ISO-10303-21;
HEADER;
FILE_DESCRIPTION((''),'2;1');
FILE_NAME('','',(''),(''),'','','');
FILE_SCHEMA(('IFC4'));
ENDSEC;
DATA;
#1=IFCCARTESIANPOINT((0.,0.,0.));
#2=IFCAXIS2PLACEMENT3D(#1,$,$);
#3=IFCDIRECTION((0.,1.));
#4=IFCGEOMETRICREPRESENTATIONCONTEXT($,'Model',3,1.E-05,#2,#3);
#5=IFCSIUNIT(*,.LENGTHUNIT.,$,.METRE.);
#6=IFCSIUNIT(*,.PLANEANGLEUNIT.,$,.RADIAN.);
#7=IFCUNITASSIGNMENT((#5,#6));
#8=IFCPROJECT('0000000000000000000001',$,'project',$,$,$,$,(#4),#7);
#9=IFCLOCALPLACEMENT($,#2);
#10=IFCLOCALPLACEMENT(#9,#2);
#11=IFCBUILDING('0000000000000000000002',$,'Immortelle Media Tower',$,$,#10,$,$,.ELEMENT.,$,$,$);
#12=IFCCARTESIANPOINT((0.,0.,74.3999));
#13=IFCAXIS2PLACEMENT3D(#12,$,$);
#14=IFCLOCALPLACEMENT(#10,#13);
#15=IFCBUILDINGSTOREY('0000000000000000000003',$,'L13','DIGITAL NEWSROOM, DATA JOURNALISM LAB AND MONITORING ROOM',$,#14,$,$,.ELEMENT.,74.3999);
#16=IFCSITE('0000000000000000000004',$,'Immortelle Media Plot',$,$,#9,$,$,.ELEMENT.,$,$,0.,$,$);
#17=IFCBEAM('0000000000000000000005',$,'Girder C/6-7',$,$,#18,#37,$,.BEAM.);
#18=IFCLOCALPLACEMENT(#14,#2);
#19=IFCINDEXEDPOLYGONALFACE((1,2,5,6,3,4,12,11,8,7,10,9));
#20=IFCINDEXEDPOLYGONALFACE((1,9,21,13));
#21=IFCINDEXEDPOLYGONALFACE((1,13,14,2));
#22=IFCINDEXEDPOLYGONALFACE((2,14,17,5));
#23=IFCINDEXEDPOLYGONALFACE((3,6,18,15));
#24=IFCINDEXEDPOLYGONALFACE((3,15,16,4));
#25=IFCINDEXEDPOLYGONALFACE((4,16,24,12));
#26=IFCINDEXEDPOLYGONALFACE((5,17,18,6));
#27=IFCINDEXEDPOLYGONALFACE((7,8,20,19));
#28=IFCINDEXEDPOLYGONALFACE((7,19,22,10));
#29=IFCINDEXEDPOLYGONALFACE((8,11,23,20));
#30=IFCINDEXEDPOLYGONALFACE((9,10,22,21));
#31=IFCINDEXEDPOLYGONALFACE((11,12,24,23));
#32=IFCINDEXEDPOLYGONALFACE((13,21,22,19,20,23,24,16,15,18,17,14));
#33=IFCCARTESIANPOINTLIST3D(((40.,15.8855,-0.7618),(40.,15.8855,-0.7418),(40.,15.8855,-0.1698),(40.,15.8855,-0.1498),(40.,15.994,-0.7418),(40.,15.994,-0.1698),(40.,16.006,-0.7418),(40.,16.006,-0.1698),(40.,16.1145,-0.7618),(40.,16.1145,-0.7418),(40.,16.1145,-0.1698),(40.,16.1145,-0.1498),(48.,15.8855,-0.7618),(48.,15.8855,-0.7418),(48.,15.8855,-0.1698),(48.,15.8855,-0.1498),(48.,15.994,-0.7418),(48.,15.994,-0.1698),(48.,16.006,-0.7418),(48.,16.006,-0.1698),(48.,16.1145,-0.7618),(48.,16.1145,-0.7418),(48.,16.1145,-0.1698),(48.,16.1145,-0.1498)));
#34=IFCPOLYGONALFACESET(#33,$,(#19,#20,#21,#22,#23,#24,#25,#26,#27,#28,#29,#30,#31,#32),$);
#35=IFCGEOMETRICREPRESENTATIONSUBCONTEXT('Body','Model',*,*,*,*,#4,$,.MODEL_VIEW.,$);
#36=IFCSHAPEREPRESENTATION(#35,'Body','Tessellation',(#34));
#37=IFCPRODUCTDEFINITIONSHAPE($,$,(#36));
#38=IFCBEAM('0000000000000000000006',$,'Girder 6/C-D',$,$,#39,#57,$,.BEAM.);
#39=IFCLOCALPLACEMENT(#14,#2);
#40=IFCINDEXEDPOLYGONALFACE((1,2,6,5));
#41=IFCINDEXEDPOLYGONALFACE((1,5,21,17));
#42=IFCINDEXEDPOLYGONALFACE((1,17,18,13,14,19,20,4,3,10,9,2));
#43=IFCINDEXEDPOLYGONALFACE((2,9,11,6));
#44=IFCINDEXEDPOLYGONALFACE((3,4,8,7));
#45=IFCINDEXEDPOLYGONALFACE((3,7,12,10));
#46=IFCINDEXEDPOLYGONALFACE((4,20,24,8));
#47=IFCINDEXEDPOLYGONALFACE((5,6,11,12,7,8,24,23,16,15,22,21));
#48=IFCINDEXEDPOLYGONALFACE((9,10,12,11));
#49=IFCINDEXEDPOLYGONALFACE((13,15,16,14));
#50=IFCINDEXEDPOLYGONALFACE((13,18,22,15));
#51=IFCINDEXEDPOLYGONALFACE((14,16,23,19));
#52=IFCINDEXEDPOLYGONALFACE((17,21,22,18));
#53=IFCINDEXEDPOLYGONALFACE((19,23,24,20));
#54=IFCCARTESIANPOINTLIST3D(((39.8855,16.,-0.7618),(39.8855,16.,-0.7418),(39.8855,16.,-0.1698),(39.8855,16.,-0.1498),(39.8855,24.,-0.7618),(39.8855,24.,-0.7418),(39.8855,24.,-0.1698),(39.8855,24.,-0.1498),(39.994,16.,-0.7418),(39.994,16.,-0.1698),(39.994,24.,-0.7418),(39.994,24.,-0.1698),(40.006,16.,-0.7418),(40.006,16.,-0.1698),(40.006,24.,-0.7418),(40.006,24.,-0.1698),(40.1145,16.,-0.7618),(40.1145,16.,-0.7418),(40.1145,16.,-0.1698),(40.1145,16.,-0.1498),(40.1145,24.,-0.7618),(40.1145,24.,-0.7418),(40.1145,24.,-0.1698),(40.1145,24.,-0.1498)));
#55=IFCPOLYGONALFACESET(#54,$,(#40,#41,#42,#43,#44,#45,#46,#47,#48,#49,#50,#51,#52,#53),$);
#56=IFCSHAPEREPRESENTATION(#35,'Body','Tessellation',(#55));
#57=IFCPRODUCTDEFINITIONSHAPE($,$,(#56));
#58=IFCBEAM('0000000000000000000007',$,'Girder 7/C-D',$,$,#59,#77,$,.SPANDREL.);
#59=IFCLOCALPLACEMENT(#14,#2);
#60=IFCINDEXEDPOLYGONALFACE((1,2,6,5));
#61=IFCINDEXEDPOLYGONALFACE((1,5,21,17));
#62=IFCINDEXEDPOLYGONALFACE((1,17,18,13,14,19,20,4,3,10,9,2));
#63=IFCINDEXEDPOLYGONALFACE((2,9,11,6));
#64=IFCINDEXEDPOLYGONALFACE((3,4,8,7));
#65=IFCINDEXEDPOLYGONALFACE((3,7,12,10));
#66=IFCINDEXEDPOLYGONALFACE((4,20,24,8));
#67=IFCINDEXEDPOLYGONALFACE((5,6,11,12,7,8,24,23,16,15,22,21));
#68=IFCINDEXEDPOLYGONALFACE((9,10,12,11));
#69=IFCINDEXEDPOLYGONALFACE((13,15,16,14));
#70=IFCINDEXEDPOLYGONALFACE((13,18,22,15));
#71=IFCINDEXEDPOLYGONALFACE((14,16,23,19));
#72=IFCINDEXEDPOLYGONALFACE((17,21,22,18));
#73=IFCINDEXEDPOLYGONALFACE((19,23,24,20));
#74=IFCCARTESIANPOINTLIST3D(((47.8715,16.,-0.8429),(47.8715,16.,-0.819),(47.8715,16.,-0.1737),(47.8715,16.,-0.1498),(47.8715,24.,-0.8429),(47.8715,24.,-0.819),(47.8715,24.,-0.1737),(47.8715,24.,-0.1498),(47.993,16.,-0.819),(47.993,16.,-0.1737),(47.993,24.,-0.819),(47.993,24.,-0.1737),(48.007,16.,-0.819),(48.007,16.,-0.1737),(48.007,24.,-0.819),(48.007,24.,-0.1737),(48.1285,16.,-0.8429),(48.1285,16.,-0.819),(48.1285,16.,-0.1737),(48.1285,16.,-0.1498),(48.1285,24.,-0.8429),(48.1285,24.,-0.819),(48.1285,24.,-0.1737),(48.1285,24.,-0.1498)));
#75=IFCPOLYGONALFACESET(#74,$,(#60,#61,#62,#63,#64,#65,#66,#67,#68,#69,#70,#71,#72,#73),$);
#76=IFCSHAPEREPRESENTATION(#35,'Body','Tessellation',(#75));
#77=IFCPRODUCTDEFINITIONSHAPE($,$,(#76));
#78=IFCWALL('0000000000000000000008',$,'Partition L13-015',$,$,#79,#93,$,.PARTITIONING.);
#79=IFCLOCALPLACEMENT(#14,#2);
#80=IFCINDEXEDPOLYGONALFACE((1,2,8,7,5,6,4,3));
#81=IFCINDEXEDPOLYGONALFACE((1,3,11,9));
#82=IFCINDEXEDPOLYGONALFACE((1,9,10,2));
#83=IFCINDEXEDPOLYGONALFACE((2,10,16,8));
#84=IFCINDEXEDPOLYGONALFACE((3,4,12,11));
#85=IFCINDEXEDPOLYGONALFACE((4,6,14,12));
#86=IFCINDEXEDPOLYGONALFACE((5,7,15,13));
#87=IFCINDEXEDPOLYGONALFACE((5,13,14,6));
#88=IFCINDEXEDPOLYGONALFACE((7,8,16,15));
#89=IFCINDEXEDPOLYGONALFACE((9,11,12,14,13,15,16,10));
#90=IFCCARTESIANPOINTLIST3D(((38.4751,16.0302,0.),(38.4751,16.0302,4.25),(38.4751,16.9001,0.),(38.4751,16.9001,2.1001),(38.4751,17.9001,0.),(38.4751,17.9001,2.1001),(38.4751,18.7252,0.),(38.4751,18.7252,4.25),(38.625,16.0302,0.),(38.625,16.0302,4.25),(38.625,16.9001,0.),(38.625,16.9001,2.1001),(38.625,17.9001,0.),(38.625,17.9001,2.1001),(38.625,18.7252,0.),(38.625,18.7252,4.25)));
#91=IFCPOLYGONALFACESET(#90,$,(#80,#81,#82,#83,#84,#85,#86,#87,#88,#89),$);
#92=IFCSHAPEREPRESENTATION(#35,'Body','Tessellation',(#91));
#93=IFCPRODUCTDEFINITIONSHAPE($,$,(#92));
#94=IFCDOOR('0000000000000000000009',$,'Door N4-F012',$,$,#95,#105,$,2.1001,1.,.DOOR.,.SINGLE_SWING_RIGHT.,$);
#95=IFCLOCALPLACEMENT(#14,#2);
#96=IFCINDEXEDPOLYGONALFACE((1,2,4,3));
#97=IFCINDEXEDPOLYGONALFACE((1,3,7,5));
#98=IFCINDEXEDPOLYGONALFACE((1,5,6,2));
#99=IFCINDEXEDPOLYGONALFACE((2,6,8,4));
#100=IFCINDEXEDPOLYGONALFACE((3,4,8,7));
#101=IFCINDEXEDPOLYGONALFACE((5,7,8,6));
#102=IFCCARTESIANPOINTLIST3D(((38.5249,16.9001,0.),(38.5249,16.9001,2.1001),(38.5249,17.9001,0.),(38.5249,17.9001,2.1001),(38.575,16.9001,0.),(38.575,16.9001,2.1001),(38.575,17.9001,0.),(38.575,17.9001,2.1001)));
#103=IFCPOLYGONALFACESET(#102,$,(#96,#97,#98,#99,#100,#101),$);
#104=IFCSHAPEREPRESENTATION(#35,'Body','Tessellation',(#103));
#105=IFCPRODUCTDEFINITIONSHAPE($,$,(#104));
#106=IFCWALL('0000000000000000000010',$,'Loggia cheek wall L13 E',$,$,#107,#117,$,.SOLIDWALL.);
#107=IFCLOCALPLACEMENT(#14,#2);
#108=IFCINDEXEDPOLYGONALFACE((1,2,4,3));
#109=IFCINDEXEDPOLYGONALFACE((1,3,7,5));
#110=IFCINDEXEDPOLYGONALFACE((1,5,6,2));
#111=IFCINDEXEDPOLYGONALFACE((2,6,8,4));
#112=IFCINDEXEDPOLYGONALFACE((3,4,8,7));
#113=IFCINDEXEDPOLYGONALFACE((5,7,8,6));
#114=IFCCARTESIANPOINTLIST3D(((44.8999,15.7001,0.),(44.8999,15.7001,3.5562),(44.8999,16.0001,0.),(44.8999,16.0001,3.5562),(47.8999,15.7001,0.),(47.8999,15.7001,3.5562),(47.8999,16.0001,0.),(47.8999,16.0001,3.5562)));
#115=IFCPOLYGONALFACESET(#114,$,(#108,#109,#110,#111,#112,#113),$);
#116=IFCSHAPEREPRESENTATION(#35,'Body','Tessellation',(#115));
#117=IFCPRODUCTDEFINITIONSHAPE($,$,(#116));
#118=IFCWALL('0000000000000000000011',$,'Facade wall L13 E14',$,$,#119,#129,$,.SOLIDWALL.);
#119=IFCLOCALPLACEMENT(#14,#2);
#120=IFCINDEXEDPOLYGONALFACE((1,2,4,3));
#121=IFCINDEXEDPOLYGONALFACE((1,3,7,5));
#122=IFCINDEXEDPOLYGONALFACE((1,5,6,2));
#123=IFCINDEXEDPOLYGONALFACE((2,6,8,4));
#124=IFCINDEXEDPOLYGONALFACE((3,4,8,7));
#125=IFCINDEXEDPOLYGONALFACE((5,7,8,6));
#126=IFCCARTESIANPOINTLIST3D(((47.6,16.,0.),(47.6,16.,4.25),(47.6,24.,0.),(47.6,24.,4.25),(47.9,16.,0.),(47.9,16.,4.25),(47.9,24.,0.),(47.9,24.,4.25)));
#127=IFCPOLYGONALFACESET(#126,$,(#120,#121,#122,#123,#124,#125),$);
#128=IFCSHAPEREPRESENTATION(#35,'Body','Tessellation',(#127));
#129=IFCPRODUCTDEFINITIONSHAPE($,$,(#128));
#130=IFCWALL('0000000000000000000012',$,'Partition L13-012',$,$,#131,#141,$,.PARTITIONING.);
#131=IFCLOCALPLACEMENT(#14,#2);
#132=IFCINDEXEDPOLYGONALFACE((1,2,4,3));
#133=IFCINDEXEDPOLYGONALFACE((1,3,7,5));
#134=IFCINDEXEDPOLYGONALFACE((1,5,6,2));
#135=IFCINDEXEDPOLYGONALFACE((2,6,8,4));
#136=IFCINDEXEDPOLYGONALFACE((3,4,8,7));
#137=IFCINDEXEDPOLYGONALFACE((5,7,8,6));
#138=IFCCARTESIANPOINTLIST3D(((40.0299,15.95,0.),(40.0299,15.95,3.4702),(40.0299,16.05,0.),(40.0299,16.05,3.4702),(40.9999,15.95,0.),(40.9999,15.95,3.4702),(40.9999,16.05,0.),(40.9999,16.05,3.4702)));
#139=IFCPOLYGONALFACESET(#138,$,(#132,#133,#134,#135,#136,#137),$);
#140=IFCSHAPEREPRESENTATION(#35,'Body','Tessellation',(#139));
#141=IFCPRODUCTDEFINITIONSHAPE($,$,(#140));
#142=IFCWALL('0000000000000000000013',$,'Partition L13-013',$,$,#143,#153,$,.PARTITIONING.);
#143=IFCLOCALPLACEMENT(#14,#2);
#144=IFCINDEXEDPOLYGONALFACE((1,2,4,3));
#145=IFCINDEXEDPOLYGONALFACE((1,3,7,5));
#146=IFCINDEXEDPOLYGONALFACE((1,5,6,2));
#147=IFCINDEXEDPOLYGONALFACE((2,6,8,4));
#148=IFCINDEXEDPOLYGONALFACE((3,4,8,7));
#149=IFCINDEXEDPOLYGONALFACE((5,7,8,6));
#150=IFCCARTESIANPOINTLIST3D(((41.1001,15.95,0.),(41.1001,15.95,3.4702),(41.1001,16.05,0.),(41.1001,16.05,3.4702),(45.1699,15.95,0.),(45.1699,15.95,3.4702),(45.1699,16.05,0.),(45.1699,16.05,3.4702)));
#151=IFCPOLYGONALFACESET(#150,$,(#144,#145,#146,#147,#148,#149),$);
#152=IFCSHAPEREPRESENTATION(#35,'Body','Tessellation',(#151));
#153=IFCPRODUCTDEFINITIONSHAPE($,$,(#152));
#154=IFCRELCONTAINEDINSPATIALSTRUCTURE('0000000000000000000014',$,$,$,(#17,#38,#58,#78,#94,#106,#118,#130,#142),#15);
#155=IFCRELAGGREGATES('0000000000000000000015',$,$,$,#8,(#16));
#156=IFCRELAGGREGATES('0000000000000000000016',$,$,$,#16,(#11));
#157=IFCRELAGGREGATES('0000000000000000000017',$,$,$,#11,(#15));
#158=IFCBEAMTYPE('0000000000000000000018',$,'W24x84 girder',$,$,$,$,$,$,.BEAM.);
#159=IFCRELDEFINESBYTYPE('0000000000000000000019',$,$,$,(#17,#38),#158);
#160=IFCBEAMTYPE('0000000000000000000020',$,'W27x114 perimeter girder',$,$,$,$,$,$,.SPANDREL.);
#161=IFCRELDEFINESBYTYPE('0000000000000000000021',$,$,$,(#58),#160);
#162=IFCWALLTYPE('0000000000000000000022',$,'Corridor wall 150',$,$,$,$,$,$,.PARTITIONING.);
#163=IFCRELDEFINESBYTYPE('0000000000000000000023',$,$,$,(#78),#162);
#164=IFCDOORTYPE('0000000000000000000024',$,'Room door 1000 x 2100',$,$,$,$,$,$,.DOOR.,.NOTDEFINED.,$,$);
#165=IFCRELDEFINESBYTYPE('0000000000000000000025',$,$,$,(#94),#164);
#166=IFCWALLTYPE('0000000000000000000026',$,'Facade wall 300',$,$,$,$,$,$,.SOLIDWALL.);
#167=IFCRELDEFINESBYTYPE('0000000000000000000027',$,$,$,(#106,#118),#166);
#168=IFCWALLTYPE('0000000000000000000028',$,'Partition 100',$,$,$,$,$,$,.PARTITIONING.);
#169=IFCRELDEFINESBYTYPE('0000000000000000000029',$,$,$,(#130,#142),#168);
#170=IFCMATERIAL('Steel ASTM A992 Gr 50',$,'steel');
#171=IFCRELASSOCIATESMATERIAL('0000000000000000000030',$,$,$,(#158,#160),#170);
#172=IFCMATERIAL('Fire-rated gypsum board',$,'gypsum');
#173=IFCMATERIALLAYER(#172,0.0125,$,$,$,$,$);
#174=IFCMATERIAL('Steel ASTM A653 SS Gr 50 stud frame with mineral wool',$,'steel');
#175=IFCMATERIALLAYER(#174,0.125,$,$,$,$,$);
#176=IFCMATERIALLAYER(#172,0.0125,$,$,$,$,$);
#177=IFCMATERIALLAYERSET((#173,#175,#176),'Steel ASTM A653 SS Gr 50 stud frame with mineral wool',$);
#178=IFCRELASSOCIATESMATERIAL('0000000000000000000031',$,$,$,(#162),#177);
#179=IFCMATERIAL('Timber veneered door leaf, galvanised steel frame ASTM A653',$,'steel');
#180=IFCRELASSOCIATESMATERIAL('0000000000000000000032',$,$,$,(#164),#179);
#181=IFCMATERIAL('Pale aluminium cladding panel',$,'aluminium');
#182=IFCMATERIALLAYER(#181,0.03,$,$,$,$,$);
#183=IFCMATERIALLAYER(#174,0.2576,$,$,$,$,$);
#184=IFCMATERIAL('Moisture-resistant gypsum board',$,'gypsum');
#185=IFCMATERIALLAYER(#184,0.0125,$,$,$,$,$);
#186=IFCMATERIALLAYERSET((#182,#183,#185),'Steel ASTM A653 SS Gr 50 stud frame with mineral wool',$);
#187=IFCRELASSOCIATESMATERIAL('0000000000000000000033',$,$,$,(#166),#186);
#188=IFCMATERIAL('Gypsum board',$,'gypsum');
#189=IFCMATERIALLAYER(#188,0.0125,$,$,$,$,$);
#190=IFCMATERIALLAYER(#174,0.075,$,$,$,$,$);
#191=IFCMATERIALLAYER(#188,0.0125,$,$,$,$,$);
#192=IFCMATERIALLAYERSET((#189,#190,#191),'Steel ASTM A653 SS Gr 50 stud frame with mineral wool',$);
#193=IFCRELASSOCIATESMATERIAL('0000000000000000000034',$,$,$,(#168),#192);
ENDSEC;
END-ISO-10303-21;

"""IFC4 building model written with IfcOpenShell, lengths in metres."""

from ifc_helpers import new_model, si_unit, direction, frame, frame_2d, origin, origin_2d, place, context, subcontext, project, spatial, rectangle, i_section, extrude, material, layer, layer_set, material_profile, profile_set, type_object, element, fill, save


model = new_model("IFC4")

# Units and contexts
model_context = context("Model", 3, precision=1e-05, world=origin(), true_north=direction((0.0, 1.0)))
body_context = subcontext(model_context, "Body", "Model", "MODEL_VIEW")
ifc_project = project(units=[si_unit("LENGTHUNIT", "METRE"), si_unit("PLANEANGLEUNIT", "RADIAN")], contexts=[model_context])

# Site, building, storey
site_placement = place(None, origin())
site = spatial("IfcSite", under=ifc_project, at=site_placement, Name="Immortelle Media Plot", CompositionType="ELEMENT", RefElevation=0.0)
building_placement = place(site_placement, origin())
building = spatial("IfcBuilding", under=site, at=building_placement, Name="Immortelle Media Tower", CompositionType="ELEMENT")
storey_placement = place(building_placement, frame((0.0, 0.0, 74.3999)))
storey = spatial("IfcBuildingStorey", under=building, at=storey_placement, Name="L13", Description="DIGITAL NEWSROOM, DATA JOURNALISM LAB AND MONITORING ROOM", CompositionType="ELEMENT", Elevation=74.3999)

# Shared definitions
ifc_material_1 = material(Name="Steel ASTM A992 Gr 50", Category="steel")

# Beams
ifc_material_profile_1 = material_profile(ifc_material_1, i_section(OverallWidth=0.229, OverallDepth=0.6121, WebThickness=0.012, FlangeThickness=0.02, at=origin_2d()), Name="W24x84")
ifc_profile_set_1 = profile_set([ifc_material_profile_1], Name="Steel ASTM A992 Gr 50")
beam_type_1 = type_object("IfcBeamType", Name="W24x84 girder", PredefinedType="BEAM", material=ifc_profile_set_1)
for number, where, z_axis, x_axis, name in (
    (1, (40.0, 16.0, -0.4558), (1.0, 0.0, 0.0), (0.0, 1.0, 0.0), "Girder C/6-7"),
    (2, (40.0, 16.0, -0.4558), (0.0, 1.0, 0.0), (-1.0, 0.0, 0.0), "Girder 6/C-D"),
):
    element("IfcBeam", number, at=place(storey_placement, frame(where, z_axis=z_axis, x_axis=x_axis)), inside=storey, type_object=beam_type_1, Name=name, PredefinedType="BEAM", context=body_context, shape_type="SweptSolid", body=[
        extrude(i_section(OverallWidth=0.229, OverallDepth=0.6121, WebThickness=0.012, FlangeThickness=0.02, at=origin_2d()), origin(), (0.0, 0.0, 1.0), 8.0),
    ])
ifc_material_profile_2 = material_profile(ifc_material_1, i_section(OverallWidth=0.2571, OverallDepth=0.6931, WebThickness=0.0139, FlangeThickness=0.0239, at=origin_2d()), Name="W27x114")
ifc_profile_set_2 = profile_set([ifc_material_profile_2], Name="Steel ASTM A992 Gr 50")
beam_type_2 = type_object("IfcBeamType", Name="W27x114 perimeter girder", PredefinedType="SPANDREL", material=ifc_profile_set_2)
beam_1_placement = place(storey_placement, frame((48.0, 16.0, -0.4963), z_axis=(0.0, 1.0, 0.0), x_axis=(-1.0, 0.0, 0.0)))
element("IfcBeam", 3, at=beam_1_placement, inside=storey, type_object=beam_type_2, Name="Girder 7/C-D", PredefinedType="SPANDREL", context=body_context, shape_type="SweptSolid", body=[
    extrude(i_section(OverallWidth=0.2571, OverallDepth=0.6931, WebThickness=0.0139, FlangeThickness=0.0239, at=origin_2d()), origin(), (0.0, 0.0, 1.0), 8.0),
])

# Wall, opening, door
ifc_material_2 = material(Name="Fire-rated gypsum board", Category="gypsum")
ifc_layer_1 = layer(ifc_material_2, 0.0125)
ifc_material_3 = material(Name="Steel ASTM A653 SS Gr 50 stud frame with mineral wool", Category="steel")
ifc_layer_2 = layer(ifc_material_3, 0.125)
ifc_layer_3 = layer(ifc_material_2, 0.0125)
ifc_layer_set_1 = layer_set([ifc_layer_1, ifc_layer_2, ifc_layer_3], Name="Steel ASTM A653 SS Gr 50 stud frame with mineral wool")
wall_type_1 = type_object("IfcWallType", Name="Corridor wall 150", PredefinedType="PARTITIONING", material=ifc_layer_set_1)
wall_1_placement = place(storey_placement, frame((38.55, 16.03, 0.0), z_axis=(0.0, 0.0, 1.0), x_axis=(0.0, 1.0, 0.0)))
wall_1 = element("IfcWall", 4, at=wall_1_placement, inside=storey, type_object=wall_type_1, Name="Partition L13-015", PredefinedType="PARTITIONING", context=body_context, shape_type="SweptSolid", body=[
    extrude(rectangle(XDim=2.6951, YDim=0.1499, at=frame_2d((1.3477, 0.0))), origin(), (0.0, 0.0, 1.0), 4.25),
])
opening_1_placement = place(wall_1_placement, frame((1.8701, 0.0, 0.0), z_axis=(0.0, 0.0, 1.0), x_axis=(-1.0, 0.0, 0.0)))
opening_1 = element("IfcOpeningElement", 5, at=opening_1_placement, cuts=wall_1, PredefinedType="OPENING", context=body_context, shape_type="SweptSolid", body=[
    extrude(rectangle(XDim=1.0, YDim=2.1001, at=frame_2d((0.5, 1.05))), frame((0.0, 0.085, 0.0), z_axis=(0.0, -1.0, 0.0), x_axis=(1.0, 0.0, 0.0)), (0.0, 0.0, 1.0), 0.1699),
])
ifc_material_4 = material(Name="Timber veneered door leaf, galvanised steel frame ASTM A653", Category="steel")
door_type = type_object("IfcDoorType", Name="Room door 1000 x 2100", OperationType="NOTDEFINED", PredefinedType="DOOR", material=ifc_material_4)
door_1_placement = place(opening_1_placement, origin())
door_1 = element("IfcDoor", 6, at=door_1_placement, inside=storey, type_object=door_type, Name="Door N4-F012", OperationType="SINGLE_SWING_RIGHT", OverallHeight=2.1001, OverallWidth=1.0, PredefinedType="DOOR", context=body_context, shape_type="SweptSolid", body=[
    extrude(rectangle(XDim=1.0, YDim=2.1001, at=frame_2d((0.5, 1.05))), frame((0.0, 0.0249, 0.0), z_axis=(0.0, -1.0, 0.0), x_axis=(1.0, 0.0, 0.0)), (0.0, 0.0, 1.0), 0.05),
])
fill(opening_1, door_1)

# Walls
ifc_material_5 = material(Name="Pale aluminium cladding panel", Category="aluminium")
ifc_layer_4 = layer(ifc_material_5, 0.03)
ifc_layer_5 = layer(ifc_material_3, 0.2576)
ifc_material_6 = material(Name="Moisture-resistant gypsum board", Category="gypsum")
ifc_layer_6 = layer(ifc_material_6, 0.0125)
ifc_layer_set_2 = layer_set([ifc_layer_4, ifc_layer_5, ifc_layer_6], Name="Steel ASTM A653 SS Gr 50 stud frame with mineral wool")
wall_type_2 = type_object("IfcWallType", Name="Facade wall 300", PredefinedType="SOLIDWALL", material=ifc_layer_set_2)
wall_2_placement = place(storey_placement, frame((47.8999, 15.8501, 0.0), z_axis=(0.0, 0.0, 1.0), x_axis=(-1.0, 0.0, 0.0)))
element("IfcWall", 7, at=wall_2_placement, inside=storey, type_object=wall_type_2, Name="Loggia cheek wall L13 E", PredefinedType="SOLIDWALL", context=body_context, shape_type="SweptSolid", body=[
    extrude(rectangle(XDim=3.0, YDim=0.3, at=frame_2d((1.5, 0.0))), origin(), (0.0, 0.0, 1.0), 3.5562),
])
wall_3_placement = place(storey_placement, frame((47.75, 16.0, 0.0), z_axis=(0.0, 0.0, 1.0), x_axis=(0.0, 1.0, 0.0)))
element("IfcWall", 8, at=wall_3_placement, inside=storey, type_object=wall_type_2, Name="Facade wall L13 E14", PredefinedType="SOLIDWALL", context=body_context, shape_type="SweptSolid", body=[
    extrude(rectangle(XDim=8.0, YDim=0.3, at=frame_2d((4.0, 0.0))), origin(), (0.0, 0.0, 1.0), 4.25),
])
ifc_material_7 = material(Name="Gypsum board", Category="gypsum")
ifc_layer_7 = layer(ifc_material_7, 0.0125)
ifc_layer_8 = layer(ifc_material_3, 0.075)
ifc_layer_9 = layer(ifc_material_7, 0.0125)
ifc_layer_set_3 = layer_set([ifc_layer_7, ifc_layer_8, ifc_layer_9], Name="Steel ASTM A653 SS Gr 50 stud frame with mineral wool")
wall_type_3 = type_object("IfcWallType", Name="Partition 100", PredefinedType="PARTITIONING", material=ifc_layer_set_3)
wall_4_placement = place(storey_placement, frame((40.03, 16.0, 0.0), z_axis=(0.0, 0.0, 1.0), x_axis=(1.0, 0.0, 0.0)))
element("IfcWall", 9, at=wall_4_placement, inside=storey, type_object=wall_type_3, Name="Partition L13-012", PredefinedType="PARTITIONING", context=body_context, shape_type="SweptSolid", body=[
    extrude(rectangle(XDim=0.97, YDim=0.1001, at=frame_2d((0.4849, 0.0))), origin(), (0.0, 0.0, 1.0), 3.4702),
])
wall_5_placement = place(storey_placement, frame((41.1001, 16.0, 0.0), z_axis=(0.0, 0.0, 1.0), x_axis=(1.0, 0.0, 0.0)))
element("IfcWall", 10, at=wall_5_placement, inside=storey, type_object=wall_type_3, Name="Partition L13-013", PredefinedType="PARTITIONING", context=body_context, shape_type="SweptSolid", body=[
    extrude(rectangle(XDim=4.0698, YDim=0.1001, at=frame_2d((2.0349, 0.0))), origin(), (0.0, 0.0, 1.0), 3.4702),
])

save(model, "model.ifc")
